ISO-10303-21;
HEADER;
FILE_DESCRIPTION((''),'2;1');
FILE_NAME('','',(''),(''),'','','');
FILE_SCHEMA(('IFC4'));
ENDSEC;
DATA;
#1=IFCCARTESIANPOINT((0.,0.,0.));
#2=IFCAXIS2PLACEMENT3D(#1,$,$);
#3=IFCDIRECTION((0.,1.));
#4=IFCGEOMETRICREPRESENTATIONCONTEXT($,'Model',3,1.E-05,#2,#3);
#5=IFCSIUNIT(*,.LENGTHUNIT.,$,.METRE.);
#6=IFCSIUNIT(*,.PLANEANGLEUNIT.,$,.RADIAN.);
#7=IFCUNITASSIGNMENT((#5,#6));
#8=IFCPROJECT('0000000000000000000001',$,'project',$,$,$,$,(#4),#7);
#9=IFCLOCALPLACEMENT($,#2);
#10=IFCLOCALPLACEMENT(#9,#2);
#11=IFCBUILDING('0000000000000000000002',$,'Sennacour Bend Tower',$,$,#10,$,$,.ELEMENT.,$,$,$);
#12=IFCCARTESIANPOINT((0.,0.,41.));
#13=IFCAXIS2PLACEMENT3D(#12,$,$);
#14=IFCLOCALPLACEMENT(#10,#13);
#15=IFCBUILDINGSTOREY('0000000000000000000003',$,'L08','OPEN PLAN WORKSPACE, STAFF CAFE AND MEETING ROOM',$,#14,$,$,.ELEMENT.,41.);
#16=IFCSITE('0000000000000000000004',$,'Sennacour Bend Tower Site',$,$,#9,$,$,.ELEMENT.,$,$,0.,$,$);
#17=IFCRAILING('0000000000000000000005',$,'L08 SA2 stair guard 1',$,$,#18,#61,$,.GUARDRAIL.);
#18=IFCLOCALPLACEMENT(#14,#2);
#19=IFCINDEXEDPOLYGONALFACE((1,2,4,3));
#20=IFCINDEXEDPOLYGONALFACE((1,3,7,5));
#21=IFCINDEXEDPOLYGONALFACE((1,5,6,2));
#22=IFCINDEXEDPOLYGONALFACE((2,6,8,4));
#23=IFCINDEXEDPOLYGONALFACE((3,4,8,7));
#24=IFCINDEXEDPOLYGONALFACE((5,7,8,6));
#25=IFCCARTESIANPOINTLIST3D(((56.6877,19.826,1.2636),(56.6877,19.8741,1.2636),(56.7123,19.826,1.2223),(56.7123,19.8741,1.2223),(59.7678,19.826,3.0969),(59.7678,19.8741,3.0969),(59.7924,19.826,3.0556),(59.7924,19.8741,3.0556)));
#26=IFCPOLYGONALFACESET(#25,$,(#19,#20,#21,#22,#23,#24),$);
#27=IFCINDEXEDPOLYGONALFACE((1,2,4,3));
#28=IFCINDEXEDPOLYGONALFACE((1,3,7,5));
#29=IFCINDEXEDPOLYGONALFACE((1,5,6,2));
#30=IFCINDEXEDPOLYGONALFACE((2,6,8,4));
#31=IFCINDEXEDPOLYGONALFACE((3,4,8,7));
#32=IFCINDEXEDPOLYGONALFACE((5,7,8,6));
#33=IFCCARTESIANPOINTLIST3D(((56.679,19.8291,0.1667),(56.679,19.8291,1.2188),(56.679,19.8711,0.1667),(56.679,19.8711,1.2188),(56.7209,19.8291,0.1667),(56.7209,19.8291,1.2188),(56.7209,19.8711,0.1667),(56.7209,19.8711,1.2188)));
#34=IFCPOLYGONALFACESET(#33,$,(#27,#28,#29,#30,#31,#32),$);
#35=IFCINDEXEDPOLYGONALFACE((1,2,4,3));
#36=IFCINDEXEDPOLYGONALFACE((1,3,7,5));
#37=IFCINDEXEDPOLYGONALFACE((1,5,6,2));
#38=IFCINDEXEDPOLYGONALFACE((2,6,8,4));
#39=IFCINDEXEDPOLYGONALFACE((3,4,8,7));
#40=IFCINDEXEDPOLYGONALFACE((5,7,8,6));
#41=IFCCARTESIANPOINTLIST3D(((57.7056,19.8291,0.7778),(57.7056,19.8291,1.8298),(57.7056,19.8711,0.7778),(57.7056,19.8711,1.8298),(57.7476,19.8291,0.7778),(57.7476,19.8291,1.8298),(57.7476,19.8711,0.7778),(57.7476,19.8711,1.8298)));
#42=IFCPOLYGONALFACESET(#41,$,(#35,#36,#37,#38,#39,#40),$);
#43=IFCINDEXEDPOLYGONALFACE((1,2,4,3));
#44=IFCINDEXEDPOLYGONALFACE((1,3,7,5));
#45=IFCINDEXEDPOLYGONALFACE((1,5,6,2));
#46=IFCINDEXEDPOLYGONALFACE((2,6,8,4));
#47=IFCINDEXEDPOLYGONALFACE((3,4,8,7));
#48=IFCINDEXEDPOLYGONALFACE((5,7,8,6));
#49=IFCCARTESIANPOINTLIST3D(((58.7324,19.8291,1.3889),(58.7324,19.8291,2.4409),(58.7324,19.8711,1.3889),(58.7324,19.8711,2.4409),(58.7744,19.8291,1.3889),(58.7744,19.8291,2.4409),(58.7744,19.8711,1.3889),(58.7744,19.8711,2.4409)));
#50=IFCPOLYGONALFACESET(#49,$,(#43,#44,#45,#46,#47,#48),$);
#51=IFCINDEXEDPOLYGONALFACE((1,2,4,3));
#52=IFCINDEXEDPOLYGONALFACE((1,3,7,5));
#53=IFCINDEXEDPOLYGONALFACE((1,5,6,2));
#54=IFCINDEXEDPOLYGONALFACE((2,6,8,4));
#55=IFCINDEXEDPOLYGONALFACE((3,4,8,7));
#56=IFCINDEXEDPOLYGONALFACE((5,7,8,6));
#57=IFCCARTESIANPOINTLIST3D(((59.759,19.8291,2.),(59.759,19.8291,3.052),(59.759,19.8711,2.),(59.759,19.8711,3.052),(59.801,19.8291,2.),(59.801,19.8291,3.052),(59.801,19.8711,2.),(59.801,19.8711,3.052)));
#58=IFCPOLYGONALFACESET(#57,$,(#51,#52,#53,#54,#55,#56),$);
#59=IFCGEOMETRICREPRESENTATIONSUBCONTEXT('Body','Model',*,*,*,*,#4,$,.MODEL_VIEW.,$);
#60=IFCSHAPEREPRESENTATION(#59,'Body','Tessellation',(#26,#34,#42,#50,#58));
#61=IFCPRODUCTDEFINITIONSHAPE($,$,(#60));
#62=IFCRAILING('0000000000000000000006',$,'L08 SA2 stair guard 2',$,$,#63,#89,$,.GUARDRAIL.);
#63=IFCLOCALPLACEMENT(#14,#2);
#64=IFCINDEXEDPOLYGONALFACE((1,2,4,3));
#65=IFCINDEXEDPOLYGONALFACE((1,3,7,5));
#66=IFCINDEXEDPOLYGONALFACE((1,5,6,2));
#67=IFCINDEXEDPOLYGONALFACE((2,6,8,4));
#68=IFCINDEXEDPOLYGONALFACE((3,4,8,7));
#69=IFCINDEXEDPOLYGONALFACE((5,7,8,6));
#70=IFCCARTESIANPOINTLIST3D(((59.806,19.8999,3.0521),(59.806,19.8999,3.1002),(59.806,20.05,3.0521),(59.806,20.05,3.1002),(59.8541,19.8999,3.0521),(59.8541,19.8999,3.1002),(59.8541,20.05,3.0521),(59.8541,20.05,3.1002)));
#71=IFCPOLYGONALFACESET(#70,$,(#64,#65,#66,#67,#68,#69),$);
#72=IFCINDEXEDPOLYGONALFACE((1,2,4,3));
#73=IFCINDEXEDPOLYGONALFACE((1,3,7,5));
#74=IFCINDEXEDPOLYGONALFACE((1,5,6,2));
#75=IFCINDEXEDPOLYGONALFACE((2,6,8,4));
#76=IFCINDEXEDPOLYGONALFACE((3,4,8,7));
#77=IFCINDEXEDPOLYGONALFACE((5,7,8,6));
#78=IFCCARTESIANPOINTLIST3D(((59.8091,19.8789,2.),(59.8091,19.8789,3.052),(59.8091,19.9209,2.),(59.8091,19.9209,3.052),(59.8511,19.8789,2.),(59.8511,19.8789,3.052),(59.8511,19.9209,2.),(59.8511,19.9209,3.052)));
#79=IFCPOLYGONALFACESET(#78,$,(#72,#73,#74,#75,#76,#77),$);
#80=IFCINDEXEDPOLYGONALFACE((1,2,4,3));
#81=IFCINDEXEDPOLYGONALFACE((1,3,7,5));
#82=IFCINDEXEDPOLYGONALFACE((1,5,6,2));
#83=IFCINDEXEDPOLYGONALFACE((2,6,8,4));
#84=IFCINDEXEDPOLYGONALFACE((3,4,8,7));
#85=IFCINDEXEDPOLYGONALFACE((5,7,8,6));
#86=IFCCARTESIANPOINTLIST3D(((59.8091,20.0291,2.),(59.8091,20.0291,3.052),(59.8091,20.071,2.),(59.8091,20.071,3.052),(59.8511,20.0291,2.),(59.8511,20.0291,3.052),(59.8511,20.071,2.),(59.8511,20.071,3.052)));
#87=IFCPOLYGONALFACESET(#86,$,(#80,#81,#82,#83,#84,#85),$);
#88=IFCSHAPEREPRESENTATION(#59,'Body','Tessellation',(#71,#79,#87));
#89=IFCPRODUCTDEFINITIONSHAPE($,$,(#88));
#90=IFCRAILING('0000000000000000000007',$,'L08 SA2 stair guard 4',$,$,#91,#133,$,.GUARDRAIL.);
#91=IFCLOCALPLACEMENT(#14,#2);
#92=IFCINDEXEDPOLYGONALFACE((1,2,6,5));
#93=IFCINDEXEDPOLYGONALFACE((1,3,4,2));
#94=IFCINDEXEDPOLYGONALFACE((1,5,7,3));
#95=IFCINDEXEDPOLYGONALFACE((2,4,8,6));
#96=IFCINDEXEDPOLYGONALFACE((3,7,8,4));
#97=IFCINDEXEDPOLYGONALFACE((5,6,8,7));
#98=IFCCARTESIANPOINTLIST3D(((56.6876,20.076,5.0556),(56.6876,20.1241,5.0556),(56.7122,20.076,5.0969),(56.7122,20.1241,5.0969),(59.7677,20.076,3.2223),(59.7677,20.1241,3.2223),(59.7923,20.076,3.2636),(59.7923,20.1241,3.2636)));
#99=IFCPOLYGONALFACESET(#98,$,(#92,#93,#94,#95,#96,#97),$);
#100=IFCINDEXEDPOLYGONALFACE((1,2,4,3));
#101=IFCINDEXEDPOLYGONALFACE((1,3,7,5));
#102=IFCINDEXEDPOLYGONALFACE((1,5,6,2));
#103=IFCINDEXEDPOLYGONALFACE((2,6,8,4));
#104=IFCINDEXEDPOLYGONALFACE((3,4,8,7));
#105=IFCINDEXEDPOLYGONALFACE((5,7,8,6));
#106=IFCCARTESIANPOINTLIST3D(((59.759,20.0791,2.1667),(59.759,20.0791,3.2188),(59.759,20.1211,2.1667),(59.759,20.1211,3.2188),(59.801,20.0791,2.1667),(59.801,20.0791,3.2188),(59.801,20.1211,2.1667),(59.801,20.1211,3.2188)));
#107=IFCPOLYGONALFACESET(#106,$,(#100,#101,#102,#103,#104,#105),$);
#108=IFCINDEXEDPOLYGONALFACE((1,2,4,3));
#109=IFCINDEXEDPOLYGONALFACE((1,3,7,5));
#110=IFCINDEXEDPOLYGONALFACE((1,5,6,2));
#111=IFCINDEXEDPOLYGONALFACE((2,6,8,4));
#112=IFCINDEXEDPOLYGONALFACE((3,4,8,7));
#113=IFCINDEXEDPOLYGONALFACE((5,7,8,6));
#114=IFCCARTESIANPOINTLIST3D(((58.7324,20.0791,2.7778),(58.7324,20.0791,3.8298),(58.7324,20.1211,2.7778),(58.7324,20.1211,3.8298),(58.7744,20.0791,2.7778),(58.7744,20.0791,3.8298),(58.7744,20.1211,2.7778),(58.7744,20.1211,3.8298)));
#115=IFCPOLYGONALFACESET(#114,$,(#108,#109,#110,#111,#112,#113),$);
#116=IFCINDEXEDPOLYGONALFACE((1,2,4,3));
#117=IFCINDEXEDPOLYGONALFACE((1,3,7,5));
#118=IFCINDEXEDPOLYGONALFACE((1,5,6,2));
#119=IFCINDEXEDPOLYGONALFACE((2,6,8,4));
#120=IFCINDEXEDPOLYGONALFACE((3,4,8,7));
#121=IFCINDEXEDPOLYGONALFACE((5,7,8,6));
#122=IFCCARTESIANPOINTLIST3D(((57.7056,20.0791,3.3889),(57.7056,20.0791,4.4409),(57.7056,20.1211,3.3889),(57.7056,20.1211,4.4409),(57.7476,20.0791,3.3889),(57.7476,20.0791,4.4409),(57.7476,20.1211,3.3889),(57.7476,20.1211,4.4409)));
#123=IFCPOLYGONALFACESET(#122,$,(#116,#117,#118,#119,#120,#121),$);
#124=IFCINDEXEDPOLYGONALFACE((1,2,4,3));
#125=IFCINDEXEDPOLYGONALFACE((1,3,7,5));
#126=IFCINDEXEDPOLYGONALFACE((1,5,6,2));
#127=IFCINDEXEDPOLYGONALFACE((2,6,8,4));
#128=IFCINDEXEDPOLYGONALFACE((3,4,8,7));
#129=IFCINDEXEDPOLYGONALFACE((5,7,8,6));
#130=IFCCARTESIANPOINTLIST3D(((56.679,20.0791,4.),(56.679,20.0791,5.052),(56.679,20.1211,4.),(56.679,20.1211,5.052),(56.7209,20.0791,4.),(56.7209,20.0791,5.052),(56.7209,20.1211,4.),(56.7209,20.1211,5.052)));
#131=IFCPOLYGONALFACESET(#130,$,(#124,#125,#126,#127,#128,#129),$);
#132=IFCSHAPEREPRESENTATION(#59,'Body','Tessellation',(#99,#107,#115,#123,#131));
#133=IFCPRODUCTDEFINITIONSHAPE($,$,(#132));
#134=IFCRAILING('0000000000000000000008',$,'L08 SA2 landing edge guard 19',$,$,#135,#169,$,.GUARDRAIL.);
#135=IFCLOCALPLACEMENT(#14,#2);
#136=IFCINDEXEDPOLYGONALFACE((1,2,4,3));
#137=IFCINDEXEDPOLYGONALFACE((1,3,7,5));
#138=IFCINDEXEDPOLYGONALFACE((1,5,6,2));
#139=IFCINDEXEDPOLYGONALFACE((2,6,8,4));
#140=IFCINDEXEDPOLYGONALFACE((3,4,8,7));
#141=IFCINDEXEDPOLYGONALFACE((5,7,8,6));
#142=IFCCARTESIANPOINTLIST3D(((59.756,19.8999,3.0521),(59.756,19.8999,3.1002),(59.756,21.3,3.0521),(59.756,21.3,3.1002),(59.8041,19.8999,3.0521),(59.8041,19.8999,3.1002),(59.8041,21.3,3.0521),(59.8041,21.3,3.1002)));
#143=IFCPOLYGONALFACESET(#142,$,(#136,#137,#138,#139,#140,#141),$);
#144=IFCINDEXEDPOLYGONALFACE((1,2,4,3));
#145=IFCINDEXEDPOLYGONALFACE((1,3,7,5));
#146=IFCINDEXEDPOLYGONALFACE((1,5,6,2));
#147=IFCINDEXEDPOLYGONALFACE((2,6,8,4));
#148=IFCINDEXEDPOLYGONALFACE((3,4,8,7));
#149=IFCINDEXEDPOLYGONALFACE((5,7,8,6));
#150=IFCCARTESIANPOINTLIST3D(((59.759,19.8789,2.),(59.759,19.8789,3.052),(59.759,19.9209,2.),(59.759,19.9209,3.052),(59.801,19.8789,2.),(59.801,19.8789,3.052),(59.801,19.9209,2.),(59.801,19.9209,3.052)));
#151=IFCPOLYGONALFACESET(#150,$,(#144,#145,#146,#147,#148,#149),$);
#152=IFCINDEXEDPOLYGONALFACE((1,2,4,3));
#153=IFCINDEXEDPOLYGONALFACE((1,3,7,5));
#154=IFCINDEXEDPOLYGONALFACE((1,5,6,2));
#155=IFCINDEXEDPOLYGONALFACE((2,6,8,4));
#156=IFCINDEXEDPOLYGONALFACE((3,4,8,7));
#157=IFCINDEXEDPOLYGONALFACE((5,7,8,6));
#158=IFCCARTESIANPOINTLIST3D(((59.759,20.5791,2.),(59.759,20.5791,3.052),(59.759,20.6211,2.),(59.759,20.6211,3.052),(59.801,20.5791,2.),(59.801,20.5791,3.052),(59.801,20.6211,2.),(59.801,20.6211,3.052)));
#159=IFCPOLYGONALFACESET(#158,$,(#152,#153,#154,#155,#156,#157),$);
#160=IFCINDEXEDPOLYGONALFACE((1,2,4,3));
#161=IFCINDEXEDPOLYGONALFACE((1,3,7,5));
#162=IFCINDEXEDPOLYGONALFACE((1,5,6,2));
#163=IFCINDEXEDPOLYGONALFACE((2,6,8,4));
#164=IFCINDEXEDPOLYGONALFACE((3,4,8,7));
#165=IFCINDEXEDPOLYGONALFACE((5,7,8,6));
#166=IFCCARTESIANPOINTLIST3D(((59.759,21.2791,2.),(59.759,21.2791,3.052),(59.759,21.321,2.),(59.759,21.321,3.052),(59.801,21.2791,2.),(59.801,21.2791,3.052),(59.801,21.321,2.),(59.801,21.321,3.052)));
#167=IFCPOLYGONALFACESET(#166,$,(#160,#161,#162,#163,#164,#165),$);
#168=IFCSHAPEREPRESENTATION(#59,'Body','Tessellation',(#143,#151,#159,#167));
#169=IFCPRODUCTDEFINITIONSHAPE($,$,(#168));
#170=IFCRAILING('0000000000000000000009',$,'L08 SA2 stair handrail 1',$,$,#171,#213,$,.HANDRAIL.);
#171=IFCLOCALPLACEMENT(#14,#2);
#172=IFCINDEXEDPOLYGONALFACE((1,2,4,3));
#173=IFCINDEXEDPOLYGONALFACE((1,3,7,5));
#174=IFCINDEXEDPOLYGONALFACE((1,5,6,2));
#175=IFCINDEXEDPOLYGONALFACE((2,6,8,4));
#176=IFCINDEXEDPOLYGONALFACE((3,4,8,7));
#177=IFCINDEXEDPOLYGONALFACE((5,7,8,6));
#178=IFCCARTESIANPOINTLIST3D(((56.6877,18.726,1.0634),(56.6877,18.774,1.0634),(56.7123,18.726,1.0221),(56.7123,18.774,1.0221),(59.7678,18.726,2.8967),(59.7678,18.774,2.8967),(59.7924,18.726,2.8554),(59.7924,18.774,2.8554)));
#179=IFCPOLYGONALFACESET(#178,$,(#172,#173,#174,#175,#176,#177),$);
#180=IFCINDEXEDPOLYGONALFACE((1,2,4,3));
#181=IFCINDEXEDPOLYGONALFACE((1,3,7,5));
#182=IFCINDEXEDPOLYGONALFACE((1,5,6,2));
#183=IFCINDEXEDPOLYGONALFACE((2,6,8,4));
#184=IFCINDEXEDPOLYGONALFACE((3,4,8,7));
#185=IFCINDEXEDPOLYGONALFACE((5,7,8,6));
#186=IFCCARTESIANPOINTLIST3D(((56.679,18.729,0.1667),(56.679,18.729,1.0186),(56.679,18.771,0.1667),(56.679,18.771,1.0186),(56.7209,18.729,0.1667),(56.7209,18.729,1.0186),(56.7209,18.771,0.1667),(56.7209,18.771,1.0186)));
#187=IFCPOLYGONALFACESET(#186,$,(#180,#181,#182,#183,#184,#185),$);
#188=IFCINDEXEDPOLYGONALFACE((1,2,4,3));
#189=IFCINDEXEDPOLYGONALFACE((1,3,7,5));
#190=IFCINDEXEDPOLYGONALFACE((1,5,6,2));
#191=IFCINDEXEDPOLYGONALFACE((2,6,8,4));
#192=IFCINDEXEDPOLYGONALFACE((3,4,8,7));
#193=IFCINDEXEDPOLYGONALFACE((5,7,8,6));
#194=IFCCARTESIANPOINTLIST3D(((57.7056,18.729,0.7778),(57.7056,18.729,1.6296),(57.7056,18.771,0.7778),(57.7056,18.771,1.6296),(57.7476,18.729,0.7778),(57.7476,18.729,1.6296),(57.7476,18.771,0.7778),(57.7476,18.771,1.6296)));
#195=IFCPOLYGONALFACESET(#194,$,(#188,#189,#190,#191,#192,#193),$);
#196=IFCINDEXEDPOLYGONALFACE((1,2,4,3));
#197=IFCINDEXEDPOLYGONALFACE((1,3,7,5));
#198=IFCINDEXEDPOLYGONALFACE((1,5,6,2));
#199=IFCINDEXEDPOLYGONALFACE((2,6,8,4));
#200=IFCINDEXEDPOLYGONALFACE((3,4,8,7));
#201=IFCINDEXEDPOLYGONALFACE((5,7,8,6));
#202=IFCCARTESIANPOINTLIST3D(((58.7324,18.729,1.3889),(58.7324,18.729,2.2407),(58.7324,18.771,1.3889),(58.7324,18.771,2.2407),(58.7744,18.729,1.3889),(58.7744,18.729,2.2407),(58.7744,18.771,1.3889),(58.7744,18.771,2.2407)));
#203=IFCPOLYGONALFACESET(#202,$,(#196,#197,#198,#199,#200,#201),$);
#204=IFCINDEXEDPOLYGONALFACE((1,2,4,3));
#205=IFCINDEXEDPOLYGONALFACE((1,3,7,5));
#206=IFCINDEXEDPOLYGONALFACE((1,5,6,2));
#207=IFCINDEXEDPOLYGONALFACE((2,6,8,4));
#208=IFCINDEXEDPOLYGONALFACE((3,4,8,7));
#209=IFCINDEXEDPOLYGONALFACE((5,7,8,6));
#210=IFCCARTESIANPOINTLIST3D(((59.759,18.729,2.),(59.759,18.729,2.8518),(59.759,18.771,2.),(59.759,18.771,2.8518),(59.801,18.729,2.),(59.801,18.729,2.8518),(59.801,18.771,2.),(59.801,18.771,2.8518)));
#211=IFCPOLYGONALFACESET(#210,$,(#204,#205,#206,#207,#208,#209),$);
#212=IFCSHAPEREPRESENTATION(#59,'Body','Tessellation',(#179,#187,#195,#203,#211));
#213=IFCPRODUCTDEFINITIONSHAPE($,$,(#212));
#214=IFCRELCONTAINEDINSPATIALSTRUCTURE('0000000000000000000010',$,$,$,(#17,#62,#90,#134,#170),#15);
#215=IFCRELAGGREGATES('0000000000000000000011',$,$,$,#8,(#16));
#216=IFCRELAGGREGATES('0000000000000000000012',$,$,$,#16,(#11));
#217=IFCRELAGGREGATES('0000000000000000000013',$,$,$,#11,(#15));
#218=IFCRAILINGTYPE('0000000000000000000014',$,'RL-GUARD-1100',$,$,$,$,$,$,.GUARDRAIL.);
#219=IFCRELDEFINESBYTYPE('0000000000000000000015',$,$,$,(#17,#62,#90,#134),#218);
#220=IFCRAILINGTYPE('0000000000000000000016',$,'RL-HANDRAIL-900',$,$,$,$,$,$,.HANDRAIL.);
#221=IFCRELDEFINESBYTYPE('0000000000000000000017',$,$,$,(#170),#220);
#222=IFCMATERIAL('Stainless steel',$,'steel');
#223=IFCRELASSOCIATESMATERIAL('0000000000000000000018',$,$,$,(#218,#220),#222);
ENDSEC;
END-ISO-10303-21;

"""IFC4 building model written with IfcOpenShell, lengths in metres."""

from ifc_helpers import new_model, si_unit, direction, frame, origin, origin_2d, place, context, subcontext, project, spatial, rectangle, extrude, material, type_object, element, save


model = new_model("IFC4")

# Units and contexts
model_context = context("Model", 3, precision=1e-05, world=origin(), true_north=direction((0.0, 1.0)))
body_context = subcontext(model_context, "Body", "Model", "MODEL_VIEW")
ifc_project = project(units=[si_unit("LENGTHUNIT", "METRE"), si_unit("PLANEANGLEUNIT", "RADIAN")], contexts=[model_context])

# Site, building, storey
site_placement = place(None, origin())
site = spatial("IfcSite", under=ifc_project, at=site_placement, Name="Sennacour Bend Tower Site", CompositionType="ELEMENT", RefElevation=0.0)
building_placement = place(site_placement, origin())
building = spatial("IfcBuilding", under=site, at=building_placement, Name="Sennacour Bend Tower", CompositionType="ELEMENT")
storey_placement = place(building_placement, frame((0.0, 0.0, 41.0)))
storey = spatial("IfcBuildingStorey", under=building, at=storey_placement, Name="L08", Description="OPEN PLAN WORKSPACE, STAFF CAFE AND MEETING ROOM", CompositionType="ELEMENT", Elevation=41.0)

# Shared definitions
ifc_material_1 = material(Name="Stainless steel", Category="steel")

# Railings
railing_type_1 = type_object("IfcRailingType", Name="RL-GUARD-1100", PredefinedType="GUARDRAIL", material=ifc_material_1)
railing_1_placement = place(storey_placement, frame((56.7, 19.8501, 0.1667)))
element("IfcRailing", 1, at=railing_1_placement, inside=storey, type_object=railing_type_1, Name="L08 SA2 stair guard 1", PredefinedType="GUARDRAIL", context=body_context, shape_type="SweptSolid", body=[
    extrude(rectangle(XDim=0.0481, YDim=0.0481, at=origin_2d()), frame((0.0, 0.0, 1.0762), z_axis=(0.859309, 0.0, 0.511458), x_axis=(0.0, 1.0, 0.0)), (0.0, 0.0, 1.0), 3.5845),
    extrude(rectangle(XDim=0.042, YDim=0.042, at=origin_2d()), origin(), (0.0, 0.0, 1.0), 1.052),
    extrude(rectangle(XDim=0.042, YDim=0.042, at=origin_2d()), frame((1.0266, 0.0, 0.6111)), (0.0, 0.0, 1.0), 1.052),
    extrude(rectangle(XDim=0.042, YDim=0.042, at=origin_2d()), frame((2.0535, 0.0, 1.2222)), (0.0, 0.0, 1.0), 1.052),
    extrude(rectangle(XDim=0.042, YDim=0.042, at=origin_2d()), frame((3.0801, 0.0, 1.8333)), (0.0, 0.0, 1.0), 1.052),
])
railing_2_placement = place(storey_placement, frame((59.8301, 19.8999, 2.0)))
element("IfcRailing", 2, at=railing_2_placement, inside=storey, type_object=railing_type_1, Name="L08 SA2 stair guard 2", PredefinedType="GUARDRAIL", context=body_context, shape_type="SweptSolid", body=[
    extrude(rectangle(XDim=0.0481, YDim=0.0481, at=origin_2d()), frame((0.0, 0.0, 1.0762), z_axis=(0.0, 1.0, 0.0), x_axis=(-1.0, 0.0, 0.0)), (0.0, 0.0, 1.0), 0.1501),
    extrude(rectangle(XDim=0.042, YDim=0.042, at=origin_2d()), origin(), (0.0, 0.0, 1.0), 1.052),
    extrude(rectangle(XDim=0.042, YDim=0.042, at=origin_2d()), frame((0.0, 0.1501, 0.0)), (0.0, 0.0, 1.0), 1.052),
])
railing_3_placement = place(storey_placement, frame((59.78, 20.1001, 2.1667)))
element("IfcRailing", 3, at=railing_3_placement, inside=storey, type_object=railing_type_1, Name="L08 SA2 stair guard 4", PredefinedType="GUARDRAIL", context=body_context, shape_type="SweptSolid", body=[
    extrude(rectangle(XDim=0.0481, YDim=0.0481, at=origin_2d()), frame((0.0, 0.0, 1.0762), z_axis=(-0.859309, 0.0, 0.511458), x_axis=(0.0, -1.0, 0.0)), (0.0, 0.0, 1.0), 3.5845),
    extrude(rectangle(XDim=0.042, YDim=0.042, at=origin_2d()), origin(), (0.0, 0.0, 1.0), 1.052),
    extrude(rectangle(XDim=0.042, YDim=0.042, at=origin_2d()), frame((-1.0266, 0.0, 0.6111)), (0.0, 0.0, 1.0), 1.052),
    extrude(rectangle(XDim=0.042, YDim=0.042, at=origin_2d()), frame((-2.0535, 0.0, 1.2222)), (0.0, 0.0, 1.0), 1.052),
    extrude(rectangle(XDim=0.042, YDim=0.042, at=origin_2d()), frame((-3.0801, 0.0, 1.8333)), (0.0, 0.0, 1.0), 1.052),
])
railing_4_placement = place(storey_placement, frame((59.78, 19.8999, 2.0)))
element("IfcRailing", 4, at=railing_4_placement, inside=storey, type_object=railing_type_1, Name="L08 SA2 landing edge guard 19", PredefinedType="GUARDRAIL", context=body_context, shape_type="SweptSolid", body=[
    extrude(rectangle(XDim=0.0481, YDim=0.0481, at=origin_2d()), frame((0.0, 0.0, 1.0762), z_axis=(0.0, 1.0, 0.0), x_axis=(-1.0, 0.0, 0.0)), (0.0, 0.0, 1.0), 1.4001),
    extrude(rectangle(XDim=0.042, YDim=0.042, at=origin_2d()), origin(), (0.0, 0.0, 1.0), 1.052),
    extrude(rectangle(XDim=0.042, YDim=0.042, at=origin_2d()), frame((0.0, 0.7002, 0.0)), (0.0, 0.0, 1.0), 1.052),
    extrude(rectangle(XDim=0.042, YDim=0.042, at=origin_2d()), frame((0.0, 1.4001, 0.0)), (0.0, 0.0, 1.0), 1.052),
])
railing_type_2 = type_object("IfcRailingType", Name="RL-HANDRAIL-900", PredefinedType="HANDRAIL", material=ifc_material_1)
railing_5_placement = place(storey_placement, frame((56.7, 18.75, 0.1667)))
element("IfcRailing", 5, at=railing_5_placement, inside=storey, type_object=railing_type_2, Name="L08 SA2 stair handrail 1", PredefinedType="HANDRAIL", context=body_context, shape_type="SweptSolid", body=[
    extrude(rectangle(XDim=0.0481, YDim=0.0481, at=origin_2d()), frame((0.0, 0.0, 0.876), z_axis=(0.859309, 0.0, 0.511458), x_axis=(0.0, 1.0, 0.0)), (0.0, 0.0, 1.0), 3.5845),
    extrude(rectangle(XDim=0.042, YDim=0.042, at=origin_2d()), origin(), (0.0, 0.0, 1.0), 0.8518),
    extrude(rectangle(XDim=0.042, YDim=0.042, at=origin_2d()), frame((1.0266, 0.0, 0.6111)), (0.0, 0.0, 1.0), 0.8518),
    extrude(rectangle(XDim=0.042, YDim=0.042, at=origin_2d()), frame((2.0535, 0.0, 1.2222)), (0.0, 0.0, 1.0), 0.8518),
    extrude(rectangle(XDim=0.042, YDim=0.042, at=origin_2d()), frame((3.0801, 0.0, 1.8333)), (0.0, 0.0, 1.0), 0.8518),
])

save(model, "model.ifc")
